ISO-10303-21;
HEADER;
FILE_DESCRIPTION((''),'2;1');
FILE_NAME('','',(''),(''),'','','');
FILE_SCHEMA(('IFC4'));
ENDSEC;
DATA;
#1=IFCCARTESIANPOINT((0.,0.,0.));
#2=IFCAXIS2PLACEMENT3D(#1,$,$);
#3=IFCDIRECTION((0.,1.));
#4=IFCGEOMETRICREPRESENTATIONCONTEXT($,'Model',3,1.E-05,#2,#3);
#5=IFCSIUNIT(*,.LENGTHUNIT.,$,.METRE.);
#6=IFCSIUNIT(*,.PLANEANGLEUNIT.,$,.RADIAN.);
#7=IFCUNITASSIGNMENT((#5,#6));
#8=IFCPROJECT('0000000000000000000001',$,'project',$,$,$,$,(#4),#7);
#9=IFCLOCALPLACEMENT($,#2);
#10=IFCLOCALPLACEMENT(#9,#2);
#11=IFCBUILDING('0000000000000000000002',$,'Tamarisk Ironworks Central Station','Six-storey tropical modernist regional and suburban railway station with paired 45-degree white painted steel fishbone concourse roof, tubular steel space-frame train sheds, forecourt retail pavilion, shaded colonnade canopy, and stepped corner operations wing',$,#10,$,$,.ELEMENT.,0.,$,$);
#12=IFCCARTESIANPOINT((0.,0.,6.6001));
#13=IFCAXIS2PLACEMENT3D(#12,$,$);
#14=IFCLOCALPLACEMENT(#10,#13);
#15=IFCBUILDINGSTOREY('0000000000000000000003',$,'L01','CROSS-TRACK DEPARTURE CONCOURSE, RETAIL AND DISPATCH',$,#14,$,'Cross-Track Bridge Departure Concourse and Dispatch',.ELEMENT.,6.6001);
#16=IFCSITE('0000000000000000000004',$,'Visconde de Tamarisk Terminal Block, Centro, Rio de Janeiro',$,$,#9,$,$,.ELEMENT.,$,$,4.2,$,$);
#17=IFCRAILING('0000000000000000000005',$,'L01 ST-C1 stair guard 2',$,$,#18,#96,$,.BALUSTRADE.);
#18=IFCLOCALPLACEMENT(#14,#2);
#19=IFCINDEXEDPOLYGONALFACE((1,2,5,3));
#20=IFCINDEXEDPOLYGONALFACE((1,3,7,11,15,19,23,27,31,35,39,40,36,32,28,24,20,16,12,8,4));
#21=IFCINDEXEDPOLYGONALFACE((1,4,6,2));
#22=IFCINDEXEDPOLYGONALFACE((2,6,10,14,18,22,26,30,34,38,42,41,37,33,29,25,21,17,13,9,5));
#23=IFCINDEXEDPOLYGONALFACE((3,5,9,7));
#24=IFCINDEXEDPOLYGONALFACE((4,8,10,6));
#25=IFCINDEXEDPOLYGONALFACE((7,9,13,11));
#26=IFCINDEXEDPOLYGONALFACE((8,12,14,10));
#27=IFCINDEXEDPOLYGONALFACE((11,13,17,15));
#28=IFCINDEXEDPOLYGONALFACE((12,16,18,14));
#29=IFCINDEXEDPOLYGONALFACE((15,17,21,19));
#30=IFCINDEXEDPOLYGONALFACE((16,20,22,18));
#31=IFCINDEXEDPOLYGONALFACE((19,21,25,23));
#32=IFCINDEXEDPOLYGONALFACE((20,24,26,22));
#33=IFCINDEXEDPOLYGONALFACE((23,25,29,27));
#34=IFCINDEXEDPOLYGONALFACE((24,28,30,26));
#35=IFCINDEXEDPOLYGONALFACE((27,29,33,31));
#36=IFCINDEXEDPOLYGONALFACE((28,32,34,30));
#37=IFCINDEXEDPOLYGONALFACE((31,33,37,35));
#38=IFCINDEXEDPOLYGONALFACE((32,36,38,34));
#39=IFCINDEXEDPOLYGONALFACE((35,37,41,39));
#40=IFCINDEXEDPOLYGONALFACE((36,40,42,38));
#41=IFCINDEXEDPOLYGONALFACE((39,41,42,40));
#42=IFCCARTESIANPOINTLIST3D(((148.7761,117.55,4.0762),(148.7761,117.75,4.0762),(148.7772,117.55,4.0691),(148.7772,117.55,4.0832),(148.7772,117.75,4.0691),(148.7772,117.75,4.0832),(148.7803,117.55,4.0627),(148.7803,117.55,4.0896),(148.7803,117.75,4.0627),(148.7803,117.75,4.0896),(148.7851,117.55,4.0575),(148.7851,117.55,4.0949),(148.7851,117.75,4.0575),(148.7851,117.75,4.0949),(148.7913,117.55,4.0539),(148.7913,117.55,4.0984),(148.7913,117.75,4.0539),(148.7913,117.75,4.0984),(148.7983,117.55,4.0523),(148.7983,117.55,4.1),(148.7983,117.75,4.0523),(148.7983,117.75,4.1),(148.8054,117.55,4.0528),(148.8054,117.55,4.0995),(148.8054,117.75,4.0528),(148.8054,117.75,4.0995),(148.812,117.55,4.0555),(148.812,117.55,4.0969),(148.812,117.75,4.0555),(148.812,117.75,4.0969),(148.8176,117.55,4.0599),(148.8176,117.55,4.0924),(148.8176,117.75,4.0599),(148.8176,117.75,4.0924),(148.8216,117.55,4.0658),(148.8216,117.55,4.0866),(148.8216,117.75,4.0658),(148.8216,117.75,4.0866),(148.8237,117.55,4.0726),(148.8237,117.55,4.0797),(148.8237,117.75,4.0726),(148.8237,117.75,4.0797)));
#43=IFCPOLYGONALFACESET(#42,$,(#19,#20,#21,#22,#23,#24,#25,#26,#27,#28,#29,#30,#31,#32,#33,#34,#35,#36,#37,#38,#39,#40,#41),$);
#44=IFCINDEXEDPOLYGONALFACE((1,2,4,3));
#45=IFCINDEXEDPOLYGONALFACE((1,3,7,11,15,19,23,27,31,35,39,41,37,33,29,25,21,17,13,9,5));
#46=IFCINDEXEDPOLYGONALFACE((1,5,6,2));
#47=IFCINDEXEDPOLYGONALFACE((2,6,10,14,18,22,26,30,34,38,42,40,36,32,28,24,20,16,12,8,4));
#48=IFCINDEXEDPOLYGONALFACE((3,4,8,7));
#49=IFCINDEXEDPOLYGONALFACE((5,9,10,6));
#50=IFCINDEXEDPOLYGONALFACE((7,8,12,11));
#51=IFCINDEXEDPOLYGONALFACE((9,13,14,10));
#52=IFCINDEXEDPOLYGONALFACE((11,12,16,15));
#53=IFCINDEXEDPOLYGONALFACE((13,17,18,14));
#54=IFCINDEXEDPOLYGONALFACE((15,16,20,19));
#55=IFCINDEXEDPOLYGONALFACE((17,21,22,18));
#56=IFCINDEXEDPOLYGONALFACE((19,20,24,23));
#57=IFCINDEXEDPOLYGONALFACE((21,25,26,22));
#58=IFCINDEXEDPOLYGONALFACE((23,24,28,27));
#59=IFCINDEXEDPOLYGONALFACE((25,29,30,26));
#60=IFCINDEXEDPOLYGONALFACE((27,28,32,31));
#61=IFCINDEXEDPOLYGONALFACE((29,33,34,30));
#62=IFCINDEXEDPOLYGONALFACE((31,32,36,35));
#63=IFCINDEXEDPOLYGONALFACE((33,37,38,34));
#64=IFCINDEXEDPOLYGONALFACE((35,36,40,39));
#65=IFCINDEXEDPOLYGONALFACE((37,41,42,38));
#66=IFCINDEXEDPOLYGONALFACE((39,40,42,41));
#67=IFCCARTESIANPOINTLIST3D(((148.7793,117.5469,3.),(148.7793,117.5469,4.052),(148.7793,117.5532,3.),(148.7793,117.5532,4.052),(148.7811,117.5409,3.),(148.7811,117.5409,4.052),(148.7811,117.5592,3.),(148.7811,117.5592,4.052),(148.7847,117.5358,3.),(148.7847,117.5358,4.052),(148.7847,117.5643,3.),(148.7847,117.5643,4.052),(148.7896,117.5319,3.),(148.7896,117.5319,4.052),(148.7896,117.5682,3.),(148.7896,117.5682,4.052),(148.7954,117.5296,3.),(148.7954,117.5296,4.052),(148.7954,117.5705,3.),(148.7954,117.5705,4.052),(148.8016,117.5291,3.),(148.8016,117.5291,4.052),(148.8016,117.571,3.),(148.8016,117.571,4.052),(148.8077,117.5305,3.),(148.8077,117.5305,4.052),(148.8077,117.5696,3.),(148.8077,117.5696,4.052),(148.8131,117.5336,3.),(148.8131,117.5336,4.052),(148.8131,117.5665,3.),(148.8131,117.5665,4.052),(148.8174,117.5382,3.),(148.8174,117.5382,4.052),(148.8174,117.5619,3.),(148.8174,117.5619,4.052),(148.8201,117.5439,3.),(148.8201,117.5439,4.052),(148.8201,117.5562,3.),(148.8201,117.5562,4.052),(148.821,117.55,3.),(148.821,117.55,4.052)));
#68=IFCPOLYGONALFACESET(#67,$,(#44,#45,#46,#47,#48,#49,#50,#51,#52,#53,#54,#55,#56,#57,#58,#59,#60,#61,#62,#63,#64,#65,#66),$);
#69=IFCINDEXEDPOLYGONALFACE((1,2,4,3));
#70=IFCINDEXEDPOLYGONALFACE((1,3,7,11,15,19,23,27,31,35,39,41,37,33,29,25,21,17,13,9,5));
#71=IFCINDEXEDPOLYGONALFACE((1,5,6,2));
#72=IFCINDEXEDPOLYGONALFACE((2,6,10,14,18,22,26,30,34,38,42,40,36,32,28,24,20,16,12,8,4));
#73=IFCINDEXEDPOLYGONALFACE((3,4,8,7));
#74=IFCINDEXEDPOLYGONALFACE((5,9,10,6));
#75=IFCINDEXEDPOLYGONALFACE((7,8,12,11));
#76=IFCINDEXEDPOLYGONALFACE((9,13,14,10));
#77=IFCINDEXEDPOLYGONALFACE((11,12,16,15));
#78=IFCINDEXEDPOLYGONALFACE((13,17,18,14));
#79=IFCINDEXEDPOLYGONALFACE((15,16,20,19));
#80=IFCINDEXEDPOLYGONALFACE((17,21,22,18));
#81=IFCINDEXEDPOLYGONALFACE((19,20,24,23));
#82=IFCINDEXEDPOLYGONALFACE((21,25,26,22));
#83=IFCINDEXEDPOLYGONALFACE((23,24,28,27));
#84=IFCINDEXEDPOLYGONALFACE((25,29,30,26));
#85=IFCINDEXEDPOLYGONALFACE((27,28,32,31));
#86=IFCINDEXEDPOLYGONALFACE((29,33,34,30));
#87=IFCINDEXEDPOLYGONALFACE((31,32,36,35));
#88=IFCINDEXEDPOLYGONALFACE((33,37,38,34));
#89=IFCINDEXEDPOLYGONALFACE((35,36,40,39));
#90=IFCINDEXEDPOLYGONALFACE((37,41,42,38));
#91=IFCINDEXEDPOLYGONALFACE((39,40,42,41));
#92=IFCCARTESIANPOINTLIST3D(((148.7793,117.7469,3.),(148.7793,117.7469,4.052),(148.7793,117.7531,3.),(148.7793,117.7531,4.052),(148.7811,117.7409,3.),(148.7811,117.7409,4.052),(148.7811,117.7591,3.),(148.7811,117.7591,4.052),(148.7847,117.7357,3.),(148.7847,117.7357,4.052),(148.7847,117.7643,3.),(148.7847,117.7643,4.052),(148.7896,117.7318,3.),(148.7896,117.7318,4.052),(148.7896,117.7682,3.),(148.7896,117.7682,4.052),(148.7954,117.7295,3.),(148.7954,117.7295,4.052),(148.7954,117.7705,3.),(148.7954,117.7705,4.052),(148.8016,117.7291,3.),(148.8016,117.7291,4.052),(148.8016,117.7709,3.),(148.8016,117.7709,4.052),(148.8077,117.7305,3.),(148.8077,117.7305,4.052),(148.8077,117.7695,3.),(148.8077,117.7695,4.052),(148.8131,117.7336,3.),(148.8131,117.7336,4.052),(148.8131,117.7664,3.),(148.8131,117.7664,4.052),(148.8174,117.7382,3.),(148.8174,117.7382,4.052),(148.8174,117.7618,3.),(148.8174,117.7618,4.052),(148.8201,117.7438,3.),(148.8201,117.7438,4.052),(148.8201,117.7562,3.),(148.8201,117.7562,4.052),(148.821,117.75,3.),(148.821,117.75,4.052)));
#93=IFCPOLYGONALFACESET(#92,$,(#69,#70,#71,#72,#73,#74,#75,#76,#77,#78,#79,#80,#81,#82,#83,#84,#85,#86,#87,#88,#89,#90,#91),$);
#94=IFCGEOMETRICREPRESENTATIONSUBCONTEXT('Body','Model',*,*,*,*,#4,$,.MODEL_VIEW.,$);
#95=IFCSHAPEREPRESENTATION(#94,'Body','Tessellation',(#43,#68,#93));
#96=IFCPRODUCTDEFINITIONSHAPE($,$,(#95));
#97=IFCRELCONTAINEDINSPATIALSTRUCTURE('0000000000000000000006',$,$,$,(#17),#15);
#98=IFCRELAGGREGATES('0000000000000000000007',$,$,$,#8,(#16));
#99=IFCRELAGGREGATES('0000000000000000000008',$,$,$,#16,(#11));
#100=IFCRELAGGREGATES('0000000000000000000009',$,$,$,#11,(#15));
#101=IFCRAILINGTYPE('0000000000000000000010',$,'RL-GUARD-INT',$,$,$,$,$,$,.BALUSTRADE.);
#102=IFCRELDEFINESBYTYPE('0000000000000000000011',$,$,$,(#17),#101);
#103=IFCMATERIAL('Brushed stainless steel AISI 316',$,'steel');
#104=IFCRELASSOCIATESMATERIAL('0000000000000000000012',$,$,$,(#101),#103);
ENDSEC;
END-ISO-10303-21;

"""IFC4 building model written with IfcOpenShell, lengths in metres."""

from ifc_helpers import new_model, si_unit, direction, frame, origin, origin_2d, place, context, subcontext, project, spatial, circle, extrude, material, type_object, element, save


model = new_model("IFC4")

# Units and contexts
model_context = context("Model", 3, precision=1e-05, world=origin(), true_north=direction((0.0, 1.0)))
body_context = subcontext(model_context, "Body", "Model", "MODEL_VIEW")
ifc_project = project(units=[si_unit("LENGTHUNIT", "METRE"), si_unit("PLANEANGLEUNIT", "RADIAN")], contexts=[model_context])

# Site, building, storey
site_placement = place(None, origin())
site = spatial("IfcSite", under=ifc_project, at=site_placement, Name="Visconde de Tamarisk Terminal Block, Centro, Rio de Janeiro", CompositionType="ELEMENT", RefElevation=4.2)
building_placement = place(site_placement, origin())
building = spatial("IfcBuilding", under=site, at=building_placement, Name="Tamarisk Ironworks Central Station", Description="Six-storey tropical modernist regional and suburban railway station with paired 45-degree white painted steel fishbone concourse roof, tubular steel space-frame train sheds, forecourt retail pavilion, shaded colonnade canopy, and stepped corner operations wing", CompositionType="ELEMENT", ElevationOfRefHeight=0.0)
storey_placement = place(building_placement, frame((0.0, 0.0, 6.6001)))
storey = spatial("IfcBuildingStorey", under=building, at=storey_placement, Name="L01", Description="CROSS-TRACK DEPARTURE CONCOURSE, RETAIL AND DISPATCH", LongName="Cross-Track Bridge Departure Concourse and Dispatch", CompositionType="ELEMENT", Elevation=6.6001)

# Railing
ifc_material_1 = material(Name="Brushed stainless steel AISI 316", Category="steel")
railing_type_1 = type_object("IfcRailingType", Name="RL-GUARD-INT", PredefinedType="BALUSTRADE", material=ifc_material_1)
railing_1_placement = place(storey_placement, frame((148.8, 117.55, 3.0)))
element("IfcRailing", 1, at=railing_1_placement, inside=storey, type_object=railing_type_1, Name="L01 ST-C1 stair guard 2", PredefinedType="BALUSTRADE", context=body_context, shape_type="SweptSolid", body=[
    extrude(circle(Radius=0.0239, at=origin_2d()), frame((0.0, 0.0, 1.0762), z_axis=(0.0, 1.0, 0.0), x_axis=(-1.0, 0.0, 0.0)), (0.0, 0.0, 1.0), 0.2),
    extrude(circle(Radius=0.021, at=origin_2d()), origin(), (0.0, 0.0, 1.0), 1.052),
    extrude(circle(Radius=0.021, at=origin_2d()), frame((0.0, 0.2, 0.0)), (0.0, 0.0, 1.0), 1.052),
])

save(model, "model.ifc")
